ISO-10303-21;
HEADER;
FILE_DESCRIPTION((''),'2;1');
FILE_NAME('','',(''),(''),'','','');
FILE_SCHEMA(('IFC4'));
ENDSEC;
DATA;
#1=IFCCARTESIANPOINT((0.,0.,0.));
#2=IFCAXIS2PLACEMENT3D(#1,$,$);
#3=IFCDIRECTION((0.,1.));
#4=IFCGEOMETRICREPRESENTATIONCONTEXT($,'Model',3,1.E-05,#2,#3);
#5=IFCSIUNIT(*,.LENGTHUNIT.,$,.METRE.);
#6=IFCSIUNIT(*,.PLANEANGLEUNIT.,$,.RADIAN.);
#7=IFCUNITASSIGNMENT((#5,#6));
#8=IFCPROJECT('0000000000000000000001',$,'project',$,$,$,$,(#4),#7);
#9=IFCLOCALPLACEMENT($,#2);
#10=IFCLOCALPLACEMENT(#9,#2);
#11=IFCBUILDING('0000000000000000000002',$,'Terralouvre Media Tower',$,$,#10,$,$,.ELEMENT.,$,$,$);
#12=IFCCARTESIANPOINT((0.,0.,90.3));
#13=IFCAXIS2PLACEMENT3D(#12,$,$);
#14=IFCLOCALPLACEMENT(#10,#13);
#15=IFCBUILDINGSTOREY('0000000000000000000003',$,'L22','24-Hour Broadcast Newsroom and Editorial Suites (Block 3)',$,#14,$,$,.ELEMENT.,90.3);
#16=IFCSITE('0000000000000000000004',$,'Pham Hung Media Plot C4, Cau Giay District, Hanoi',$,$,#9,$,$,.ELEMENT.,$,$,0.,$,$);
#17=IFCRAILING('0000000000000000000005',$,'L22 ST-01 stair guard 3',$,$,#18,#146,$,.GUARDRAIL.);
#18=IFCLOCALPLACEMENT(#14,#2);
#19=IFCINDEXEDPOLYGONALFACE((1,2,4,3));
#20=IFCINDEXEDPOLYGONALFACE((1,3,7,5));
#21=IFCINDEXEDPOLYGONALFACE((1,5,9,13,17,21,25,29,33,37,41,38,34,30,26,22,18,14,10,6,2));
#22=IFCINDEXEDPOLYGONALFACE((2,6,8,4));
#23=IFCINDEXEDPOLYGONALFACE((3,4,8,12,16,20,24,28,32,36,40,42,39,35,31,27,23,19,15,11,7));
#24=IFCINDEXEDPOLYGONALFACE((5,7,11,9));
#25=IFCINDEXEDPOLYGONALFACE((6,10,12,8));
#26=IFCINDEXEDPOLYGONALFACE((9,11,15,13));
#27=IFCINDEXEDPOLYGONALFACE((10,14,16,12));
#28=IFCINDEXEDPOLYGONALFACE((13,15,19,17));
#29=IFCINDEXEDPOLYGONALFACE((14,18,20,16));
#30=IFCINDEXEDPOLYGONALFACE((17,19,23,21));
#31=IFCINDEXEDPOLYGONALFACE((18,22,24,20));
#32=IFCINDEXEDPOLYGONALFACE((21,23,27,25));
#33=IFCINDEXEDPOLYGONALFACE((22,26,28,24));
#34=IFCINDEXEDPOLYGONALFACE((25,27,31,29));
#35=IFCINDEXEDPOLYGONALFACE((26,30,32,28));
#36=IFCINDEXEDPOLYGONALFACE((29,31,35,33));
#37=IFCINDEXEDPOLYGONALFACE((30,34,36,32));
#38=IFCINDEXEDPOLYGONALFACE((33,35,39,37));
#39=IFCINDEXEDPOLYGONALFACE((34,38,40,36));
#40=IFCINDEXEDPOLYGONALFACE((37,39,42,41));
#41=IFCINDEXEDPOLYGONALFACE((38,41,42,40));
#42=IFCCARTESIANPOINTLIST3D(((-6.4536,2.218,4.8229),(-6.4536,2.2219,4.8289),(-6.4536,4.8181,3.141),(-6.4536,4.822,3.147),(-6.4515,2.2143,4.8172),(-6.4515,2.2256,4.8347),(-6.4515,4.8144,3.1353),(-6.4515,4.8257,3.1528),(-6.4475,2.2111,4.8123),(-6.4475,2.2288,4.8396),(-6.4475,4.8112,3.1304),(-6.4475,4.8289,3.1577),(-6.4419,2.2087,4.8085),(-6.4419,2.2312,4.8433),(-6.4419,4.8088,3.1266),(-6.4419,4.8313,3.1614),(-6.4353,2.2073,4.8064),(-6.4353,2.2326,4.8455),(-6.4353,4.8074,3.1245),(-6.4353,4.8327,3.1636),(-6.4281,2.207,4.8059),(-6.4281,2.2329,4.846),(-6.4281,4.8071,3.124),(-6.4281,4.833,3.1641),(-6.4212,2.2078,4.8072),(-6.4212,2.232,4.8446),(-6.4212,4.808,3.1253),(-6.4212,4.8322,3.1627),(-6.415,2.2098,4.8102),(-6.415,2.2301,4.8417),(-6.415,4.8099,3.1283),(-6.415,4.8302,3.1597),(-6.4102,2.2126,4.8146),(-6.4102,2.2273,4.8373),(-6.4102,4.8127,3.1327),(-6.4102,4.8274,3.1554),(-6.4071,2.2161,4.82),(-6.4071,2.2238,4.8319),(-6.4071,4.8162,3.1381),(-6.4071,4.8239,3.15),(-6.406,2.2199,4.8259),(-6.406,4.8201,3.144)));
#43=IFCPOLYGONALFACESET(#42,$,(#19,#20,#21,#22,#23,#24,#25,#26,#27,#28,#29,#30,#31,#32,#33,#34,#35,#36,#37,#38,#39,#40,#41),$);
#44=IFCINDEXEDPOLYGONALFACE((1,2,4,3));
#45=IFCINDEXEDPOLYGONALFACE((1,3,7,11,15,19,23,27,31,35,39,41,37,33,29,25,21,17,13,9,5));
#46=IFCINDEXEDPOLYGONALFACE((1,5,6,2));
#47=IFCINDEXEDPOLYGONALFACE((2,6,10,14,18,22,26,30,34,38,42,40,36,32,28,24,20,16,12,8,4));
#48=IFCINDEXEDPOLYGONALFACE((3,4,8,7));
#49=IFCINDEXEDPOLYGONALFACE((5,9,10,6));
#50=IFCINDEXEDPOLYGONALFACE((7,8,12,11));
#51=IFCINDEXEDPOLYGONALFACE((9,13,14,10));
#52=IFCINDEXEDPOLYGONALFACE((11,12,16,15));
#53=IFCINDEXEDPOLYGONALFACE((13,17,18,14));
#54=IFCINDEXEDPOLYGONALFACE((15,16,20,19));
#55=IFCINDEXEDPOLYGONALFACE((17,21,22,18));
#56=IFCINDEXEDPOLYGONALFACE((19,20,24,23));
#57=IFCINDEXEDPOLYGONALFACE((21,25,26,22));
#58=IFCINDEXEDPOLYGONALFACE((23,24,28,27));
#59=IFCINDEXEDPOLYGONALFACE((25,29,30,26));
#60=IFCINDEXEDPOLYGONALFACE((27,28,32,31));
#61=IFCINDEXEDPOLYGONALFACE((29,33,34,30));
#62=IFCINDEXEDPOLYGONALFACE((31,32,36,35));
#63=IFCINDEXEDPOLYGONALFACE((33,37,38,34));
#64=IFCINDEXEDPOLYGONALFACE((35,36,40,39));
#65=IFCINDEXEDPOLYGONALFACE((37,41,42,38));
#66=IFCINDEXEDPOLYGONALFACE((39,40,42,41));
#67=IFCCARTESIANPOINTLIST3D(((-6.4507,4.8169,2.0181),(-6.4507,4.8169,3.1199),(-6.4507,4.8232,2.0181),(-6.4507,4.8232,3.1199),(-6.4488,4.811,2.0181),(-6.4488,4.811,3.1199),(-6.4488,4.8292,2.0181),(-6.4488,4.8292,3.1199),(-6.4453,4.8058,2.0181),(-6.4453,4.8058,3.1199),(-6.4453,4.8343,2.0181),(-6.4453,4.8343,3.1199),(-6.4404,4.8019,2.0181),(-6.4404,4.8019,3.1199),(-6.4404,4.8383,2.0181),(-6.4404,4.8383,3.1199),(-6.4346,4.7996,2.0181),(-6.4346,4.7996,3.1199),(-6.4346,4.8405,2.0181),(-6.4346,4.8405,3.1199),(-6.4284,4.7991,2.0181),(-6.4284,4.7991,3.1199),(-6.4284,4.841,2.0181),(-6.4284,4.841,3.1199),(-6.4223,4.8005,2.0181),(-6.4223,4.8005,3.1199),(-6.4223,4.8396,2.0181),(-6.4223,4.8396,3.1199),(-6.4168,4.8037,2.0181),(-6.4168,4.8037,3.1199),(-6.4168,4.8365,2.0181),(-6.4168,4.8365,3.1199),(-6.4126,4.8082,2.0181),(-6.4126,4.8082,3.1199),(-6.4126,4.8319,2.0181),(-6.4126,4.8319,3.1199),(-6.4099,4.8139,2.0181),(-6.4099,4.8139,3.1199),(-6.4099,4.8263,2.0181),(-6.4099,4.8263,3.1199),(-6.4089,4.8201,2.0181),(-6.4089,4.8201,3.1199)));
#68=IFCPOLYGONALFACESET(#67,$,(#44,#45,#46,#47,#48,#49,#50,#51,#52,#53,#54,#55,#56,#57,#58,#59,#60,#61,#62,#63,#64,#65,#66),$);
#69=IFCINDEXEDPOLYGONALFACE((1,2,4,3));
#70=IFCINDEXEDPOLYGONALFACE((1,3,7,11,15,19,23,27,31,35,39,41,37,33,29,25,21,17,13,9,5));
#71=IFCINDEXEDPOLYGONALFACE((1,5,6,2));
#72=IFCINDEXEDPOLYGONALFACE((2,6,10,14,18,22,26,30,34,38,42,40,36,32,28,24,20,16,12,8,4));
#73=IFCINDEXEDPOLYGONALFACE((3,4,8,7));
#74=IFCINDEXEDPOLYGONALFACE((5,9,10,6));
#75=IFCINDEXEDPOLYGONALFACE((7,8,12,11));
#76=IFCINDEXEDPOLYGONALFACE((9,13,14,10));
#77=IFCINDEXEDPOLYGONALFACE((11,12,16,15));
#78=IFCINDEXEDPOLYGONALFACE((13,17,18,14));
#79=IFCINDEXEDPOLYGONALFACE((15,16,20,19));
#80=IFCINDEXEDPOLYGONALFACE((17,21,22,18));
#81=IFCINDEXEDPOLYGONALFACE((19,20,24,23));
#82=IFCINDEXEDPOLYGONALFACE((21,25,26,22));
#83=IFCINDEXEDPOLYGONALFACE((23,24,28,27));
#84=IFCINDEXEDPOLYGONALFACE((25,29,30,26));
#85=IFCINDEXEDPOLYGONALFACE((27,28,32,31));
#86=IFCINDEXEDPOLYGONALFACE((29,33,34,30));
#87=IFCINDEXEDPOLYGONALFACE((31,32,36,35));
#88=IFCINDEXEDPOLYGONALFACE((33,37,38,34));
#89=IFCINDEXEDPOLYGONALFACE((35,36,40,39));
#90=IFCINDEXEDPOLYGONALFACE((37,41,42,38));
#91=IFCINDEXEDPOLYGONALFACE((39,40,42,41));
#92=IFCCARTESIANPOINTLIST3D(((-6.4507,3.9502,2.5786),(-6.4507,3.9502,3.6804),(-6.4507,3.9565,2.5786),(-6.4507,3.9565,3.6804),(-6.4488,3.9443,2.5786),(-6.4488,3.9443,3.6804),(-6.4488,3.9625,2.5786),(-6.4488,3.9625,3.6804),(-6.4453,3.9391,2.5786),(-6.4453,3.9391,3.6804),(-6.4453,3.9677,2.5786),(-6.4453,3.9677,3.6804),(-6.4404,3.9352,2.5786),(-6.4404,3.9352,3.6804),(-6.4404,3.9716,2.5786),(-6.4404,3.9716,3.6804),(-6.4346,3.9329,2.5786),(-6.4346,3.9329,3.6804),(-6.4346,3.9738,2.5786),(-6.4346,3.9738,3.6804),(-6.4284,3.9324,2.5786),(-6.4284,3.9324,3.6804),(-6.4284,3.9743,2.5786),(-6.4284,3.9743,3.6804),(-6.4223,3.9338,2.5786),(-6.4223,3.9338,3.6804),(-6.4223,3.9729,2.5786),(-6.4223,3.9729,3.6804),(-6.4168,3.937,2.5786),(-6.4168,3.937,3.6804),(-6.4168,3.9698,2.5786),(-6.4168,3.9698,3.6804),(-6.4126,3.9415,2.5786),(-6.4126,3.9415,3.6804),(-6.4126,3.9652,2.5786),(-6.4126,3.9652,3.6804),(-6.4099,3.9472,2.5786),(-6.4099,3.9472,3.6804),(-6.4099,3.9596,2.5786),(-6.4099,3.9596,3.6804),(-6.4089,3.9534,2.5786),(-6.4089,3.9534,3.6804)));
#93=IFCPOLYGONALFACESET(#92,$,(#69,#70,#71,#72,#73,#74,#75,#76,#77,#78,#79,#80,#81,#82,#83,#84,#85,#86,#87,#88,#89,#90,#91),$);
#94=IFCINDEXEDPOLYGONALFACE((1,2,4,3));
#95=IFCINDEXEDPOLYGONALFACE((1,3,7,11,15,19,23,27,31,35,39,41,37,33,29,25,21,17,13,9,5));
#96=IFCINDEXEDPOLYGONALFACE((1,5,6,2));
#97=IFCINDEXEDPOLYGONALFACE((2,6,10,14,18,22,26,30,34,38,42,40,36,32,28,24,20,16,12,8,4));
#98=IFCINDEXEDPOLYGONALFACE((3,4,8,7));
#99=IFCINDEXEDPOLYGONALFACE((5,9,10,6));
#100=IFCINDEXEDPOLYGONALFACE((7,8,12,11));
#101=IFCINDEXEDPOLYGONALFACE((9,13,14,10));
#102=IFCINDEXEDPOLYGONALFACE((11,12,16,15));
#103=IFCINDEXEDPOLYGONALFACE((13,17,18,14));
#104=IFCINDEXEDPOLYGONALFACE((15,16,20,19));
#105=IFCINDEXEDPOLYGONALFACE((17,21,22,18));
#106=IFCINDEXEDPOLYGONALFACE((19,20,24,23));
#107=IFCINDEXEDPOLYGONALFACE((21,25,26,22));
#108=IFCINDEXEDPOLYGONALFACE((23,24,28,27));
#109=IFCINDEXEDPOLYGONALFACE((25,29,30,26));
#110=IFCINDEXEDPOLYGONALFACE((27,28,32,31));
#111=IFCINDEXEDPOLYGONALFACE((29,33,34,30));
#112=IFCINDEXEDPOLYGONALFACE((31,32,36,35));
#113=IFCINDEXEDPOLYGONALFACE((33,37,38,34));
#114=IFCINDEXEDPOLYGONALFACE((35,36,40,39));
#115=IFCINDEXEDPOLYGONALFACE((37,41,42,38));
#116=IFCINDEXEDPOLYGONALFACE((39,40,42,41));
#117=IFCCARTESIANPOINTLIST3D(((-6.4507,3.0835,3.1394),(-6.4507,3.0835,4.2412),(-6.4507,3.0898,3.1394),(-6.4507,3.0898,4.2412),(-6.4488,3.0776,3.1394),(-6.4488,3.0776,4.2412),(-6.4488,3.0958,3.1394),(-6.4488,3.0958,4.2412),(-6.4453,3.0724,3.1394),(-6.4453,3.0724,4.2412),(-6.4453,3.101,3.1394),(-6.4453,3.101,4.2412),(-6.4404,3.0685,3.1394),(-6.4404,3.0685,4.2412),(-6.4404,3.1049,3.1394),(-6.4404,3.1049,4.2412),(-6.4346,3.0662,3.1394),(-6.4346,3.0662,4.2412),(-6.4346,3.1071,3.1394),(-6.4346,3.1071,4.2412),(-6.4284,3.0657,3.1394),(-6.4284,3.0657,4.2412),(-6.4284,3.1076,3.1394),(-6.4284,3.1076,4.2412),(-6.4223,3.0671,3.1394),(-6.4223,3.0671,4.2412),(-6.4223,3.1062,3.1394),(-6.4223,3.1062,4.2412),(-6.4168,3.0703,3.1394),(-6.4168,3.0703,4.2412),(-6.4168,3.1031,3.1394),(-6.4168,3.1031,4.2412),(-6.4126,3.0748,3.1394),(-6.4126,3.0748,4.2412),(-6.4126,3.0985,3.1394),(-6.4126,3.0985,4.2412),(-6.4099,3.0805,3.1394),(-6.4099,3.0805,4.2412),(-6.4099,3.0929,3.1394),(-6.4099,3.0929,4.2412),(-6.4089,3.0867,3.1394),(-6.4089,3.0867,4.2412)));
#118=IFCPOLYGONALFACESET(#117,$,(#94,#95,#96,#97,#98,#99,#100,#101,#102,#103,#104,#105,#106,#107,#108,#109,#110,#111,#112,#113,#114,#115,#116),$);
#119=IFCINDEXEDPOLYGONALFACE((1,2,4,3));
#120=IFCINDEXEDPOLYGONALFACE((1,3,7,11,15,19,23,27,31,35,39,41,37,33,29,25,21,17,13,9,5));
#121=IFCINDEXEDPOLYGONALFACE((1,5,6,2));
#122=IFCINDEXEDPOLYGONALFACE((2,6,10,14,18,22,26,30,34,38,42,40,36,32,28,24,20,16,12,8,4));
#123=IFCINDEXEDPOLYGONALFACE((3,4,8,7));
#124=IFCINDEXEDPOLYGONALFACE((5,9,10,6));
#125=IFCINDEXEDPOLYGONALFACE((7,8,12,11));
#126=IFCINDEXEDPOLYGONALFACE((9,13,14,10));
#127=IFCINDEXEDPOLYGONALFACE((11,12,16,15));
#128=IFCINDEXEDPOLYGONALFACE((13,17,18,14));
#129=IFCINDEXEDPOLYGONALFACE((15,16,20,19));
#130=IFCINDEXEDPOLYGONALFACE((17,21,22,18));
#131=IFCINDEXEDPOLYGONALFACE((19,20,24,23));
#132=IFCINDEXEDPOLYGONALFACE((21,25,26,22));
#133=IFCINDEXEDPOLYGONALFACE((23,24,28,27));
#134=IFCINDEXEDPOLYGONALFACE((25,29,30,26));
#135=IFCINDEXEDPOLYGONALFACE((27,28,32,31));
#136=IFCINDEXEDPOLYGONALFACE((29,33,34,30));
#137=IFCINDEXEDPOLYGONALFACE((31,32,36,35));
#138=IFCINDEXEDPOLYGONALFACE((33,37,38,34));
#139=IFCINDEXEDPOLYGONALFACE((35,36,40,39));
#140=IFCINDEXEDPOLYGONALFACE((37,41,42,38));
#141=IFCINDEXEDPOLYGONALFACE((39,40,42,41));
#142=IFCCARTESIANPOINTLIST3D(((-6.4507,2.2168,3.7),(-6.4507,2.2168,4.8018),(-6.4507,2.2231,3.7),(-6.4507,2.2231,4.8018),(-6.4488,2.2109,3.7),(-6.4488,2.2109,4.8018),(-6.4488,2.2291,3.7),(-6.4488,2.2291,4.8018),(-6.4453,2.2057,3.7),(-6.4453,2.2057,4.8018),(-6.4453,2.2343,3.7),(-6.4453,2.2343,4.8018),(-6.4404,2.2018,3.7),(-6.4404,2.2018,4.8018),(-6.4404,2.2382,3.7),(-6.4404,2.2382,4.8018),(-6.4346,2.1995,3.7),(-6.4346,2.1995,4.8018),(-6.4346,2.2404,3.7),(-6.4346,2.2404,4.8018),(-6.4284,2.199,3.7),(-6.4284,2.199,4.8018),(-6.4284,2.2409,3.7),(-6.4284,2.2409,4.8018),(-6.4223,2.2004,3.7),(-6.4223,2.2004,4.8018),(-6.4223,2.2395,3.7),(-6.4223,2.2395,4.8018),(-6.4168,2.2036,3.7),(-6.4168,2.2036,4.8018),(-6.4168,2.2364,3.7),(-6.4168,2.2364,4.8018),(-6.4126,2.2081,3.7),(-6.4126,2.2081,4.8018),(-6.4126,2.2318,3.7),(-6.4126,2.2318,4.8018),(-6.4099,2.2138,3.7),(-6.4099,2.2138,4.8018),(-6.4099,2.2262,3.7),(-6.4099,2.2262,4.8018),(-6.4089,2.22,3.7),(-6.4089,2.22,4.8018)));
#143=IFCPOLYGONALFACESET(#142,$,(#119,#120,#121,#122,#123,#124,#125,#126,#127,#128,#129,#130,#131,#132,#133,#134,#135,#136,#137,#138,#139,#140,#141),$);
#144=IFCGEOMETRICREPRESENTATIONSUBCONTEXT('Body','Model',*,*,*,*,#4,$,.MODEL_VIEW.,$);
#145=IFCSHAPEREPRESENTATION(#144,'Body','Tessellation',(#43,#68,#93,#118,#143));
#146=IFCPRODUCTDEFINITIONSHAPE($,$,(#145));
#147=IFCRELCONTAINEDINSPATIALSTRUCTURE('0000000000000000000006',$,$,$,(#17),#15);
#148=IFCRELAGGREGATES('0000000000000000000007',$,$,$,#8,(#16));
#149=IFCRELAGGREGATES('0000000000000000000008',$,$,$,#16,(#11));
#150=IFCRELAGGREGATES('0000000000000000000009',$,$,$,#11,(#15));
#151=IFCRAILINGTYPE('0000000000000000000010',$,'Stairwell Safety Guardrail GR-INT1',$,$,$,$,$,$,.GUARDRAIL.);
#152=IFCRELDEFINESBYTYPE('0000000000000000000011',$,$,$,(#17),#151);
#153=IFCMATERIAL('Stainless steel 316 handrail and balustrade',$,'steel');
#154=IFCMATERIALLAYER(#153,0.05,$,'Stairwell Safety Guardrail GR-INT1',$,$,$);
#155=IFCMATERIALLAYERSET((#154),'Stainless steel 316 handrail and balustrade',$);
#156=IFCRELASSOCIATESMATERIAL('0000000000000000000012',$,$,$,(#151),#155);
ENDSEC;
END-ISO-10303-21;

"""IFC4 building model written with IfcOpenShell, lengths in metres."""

from ifc_helpers import new_model, si_unit, direction, frame, origin, origin_2d, place, context, subcontext, project, spatial, circle, extrude, material, layer, layer_set, type_object, element, save


model = new_model("IFC4")

# Units and contexts
model_context = context("Model", 3, precision=1e-05, world=origin(), true_north=direction((0.0, 1.0)))
body_context = subcontext(model_context, "Body", "Model", "MODEL_VIEW")
ifc_project = project(units=[si_unit("LENGTHUNIT", "METRE"), si_unit("PLANEANGLEUNIT", "RADIAN")], contexts=[model_context])

# Site, building, storey
site_placement = place(None, origin())
site = spatial("IfcSite", under=ifc_project, at=site_placement, Name="Pham Hung Media Plot C4, Cau Giay District, Hanoi", CompositionType="ELEMENT", RefElevation=0.0)
building_placement = place(site_placement, origin())
building = spatial("IfcBuilding", under=site, at=building_placement, Name="Terralouvre Media Tower", CompositionType="ELEMENT")
storey_placement = place(building_placement, frame((0.0, 0.0, 90.3)))
storey = spatial("IfcBuildingStorey", under=building, at=storey_placement, Name="L22", Description="24-Hour Broadcast Newsroom and Editorial Suites (Block 3)", CompositionType="ELEMENT", Elevation=90.3)

# Railing
ifc_material_1 = material(Name="Stainless steel 316 handrail and balustrade", Category="steel")
ifc_layer_1 = layer(ifc_material_1, 0.05, Name="Stairwell Safety Guardrail GR-INT1")
ifc_layer_set_1 = layer_set([ifc_layer_1], Name="Stainless steel 316 handrail and balustrade")
railing_type_1 = type_object("IfcRailingType", Name="Stairwell Safety Guardrail GR-INT1", PredefinedType="GUARDRAIL", material=ifc_layer_set_1)
railing_1_placement = place(storey_placement, frame((-6.4299, 4.8201, 2.0181)))
element("IfcRailing", 1, at=railing_1_placement, inside=storey, type_object=railing_type_1, Name="L22 ST-01 stair guard 3", PredefinedType="GUARDRAIL", context=body_context, shape_type="SweptSolid", body=[
    extrude(circle(Radius=0.0239, at=origin_2d()), frame((0.0, 0.0, 1.126), z_axis=(0.0, -0.839648, 0.54313), x_axis=(1.0, 0.0, 0.0)), (0.0, 0.0, 1.0), 3.0967),
    extrude(circle(Radius=0.021, at=origin_2d()), origin(), (0.0, 0.0, 1.0), 1.1018),
    extrude(circle(Radius=0.021, at=origin_2d()), frame((0.0, -0.8667, 0.5605)), (0.0, 0.0, 1.0), 1.1018),
    extrude(circle(Radius=0.021, at=origin_2d()), frame((0.0, -1.7334, 1.1213)), (0.0, 0.0, 1.0), 1.1018),
    extrude(circle(Radius=0.021, at=origin_2d()), frame((0.0, -2.6001, 1.6819)), (0.0, 0.0, 1.0), 1.1018),
])

save(model, "model.ifc")
